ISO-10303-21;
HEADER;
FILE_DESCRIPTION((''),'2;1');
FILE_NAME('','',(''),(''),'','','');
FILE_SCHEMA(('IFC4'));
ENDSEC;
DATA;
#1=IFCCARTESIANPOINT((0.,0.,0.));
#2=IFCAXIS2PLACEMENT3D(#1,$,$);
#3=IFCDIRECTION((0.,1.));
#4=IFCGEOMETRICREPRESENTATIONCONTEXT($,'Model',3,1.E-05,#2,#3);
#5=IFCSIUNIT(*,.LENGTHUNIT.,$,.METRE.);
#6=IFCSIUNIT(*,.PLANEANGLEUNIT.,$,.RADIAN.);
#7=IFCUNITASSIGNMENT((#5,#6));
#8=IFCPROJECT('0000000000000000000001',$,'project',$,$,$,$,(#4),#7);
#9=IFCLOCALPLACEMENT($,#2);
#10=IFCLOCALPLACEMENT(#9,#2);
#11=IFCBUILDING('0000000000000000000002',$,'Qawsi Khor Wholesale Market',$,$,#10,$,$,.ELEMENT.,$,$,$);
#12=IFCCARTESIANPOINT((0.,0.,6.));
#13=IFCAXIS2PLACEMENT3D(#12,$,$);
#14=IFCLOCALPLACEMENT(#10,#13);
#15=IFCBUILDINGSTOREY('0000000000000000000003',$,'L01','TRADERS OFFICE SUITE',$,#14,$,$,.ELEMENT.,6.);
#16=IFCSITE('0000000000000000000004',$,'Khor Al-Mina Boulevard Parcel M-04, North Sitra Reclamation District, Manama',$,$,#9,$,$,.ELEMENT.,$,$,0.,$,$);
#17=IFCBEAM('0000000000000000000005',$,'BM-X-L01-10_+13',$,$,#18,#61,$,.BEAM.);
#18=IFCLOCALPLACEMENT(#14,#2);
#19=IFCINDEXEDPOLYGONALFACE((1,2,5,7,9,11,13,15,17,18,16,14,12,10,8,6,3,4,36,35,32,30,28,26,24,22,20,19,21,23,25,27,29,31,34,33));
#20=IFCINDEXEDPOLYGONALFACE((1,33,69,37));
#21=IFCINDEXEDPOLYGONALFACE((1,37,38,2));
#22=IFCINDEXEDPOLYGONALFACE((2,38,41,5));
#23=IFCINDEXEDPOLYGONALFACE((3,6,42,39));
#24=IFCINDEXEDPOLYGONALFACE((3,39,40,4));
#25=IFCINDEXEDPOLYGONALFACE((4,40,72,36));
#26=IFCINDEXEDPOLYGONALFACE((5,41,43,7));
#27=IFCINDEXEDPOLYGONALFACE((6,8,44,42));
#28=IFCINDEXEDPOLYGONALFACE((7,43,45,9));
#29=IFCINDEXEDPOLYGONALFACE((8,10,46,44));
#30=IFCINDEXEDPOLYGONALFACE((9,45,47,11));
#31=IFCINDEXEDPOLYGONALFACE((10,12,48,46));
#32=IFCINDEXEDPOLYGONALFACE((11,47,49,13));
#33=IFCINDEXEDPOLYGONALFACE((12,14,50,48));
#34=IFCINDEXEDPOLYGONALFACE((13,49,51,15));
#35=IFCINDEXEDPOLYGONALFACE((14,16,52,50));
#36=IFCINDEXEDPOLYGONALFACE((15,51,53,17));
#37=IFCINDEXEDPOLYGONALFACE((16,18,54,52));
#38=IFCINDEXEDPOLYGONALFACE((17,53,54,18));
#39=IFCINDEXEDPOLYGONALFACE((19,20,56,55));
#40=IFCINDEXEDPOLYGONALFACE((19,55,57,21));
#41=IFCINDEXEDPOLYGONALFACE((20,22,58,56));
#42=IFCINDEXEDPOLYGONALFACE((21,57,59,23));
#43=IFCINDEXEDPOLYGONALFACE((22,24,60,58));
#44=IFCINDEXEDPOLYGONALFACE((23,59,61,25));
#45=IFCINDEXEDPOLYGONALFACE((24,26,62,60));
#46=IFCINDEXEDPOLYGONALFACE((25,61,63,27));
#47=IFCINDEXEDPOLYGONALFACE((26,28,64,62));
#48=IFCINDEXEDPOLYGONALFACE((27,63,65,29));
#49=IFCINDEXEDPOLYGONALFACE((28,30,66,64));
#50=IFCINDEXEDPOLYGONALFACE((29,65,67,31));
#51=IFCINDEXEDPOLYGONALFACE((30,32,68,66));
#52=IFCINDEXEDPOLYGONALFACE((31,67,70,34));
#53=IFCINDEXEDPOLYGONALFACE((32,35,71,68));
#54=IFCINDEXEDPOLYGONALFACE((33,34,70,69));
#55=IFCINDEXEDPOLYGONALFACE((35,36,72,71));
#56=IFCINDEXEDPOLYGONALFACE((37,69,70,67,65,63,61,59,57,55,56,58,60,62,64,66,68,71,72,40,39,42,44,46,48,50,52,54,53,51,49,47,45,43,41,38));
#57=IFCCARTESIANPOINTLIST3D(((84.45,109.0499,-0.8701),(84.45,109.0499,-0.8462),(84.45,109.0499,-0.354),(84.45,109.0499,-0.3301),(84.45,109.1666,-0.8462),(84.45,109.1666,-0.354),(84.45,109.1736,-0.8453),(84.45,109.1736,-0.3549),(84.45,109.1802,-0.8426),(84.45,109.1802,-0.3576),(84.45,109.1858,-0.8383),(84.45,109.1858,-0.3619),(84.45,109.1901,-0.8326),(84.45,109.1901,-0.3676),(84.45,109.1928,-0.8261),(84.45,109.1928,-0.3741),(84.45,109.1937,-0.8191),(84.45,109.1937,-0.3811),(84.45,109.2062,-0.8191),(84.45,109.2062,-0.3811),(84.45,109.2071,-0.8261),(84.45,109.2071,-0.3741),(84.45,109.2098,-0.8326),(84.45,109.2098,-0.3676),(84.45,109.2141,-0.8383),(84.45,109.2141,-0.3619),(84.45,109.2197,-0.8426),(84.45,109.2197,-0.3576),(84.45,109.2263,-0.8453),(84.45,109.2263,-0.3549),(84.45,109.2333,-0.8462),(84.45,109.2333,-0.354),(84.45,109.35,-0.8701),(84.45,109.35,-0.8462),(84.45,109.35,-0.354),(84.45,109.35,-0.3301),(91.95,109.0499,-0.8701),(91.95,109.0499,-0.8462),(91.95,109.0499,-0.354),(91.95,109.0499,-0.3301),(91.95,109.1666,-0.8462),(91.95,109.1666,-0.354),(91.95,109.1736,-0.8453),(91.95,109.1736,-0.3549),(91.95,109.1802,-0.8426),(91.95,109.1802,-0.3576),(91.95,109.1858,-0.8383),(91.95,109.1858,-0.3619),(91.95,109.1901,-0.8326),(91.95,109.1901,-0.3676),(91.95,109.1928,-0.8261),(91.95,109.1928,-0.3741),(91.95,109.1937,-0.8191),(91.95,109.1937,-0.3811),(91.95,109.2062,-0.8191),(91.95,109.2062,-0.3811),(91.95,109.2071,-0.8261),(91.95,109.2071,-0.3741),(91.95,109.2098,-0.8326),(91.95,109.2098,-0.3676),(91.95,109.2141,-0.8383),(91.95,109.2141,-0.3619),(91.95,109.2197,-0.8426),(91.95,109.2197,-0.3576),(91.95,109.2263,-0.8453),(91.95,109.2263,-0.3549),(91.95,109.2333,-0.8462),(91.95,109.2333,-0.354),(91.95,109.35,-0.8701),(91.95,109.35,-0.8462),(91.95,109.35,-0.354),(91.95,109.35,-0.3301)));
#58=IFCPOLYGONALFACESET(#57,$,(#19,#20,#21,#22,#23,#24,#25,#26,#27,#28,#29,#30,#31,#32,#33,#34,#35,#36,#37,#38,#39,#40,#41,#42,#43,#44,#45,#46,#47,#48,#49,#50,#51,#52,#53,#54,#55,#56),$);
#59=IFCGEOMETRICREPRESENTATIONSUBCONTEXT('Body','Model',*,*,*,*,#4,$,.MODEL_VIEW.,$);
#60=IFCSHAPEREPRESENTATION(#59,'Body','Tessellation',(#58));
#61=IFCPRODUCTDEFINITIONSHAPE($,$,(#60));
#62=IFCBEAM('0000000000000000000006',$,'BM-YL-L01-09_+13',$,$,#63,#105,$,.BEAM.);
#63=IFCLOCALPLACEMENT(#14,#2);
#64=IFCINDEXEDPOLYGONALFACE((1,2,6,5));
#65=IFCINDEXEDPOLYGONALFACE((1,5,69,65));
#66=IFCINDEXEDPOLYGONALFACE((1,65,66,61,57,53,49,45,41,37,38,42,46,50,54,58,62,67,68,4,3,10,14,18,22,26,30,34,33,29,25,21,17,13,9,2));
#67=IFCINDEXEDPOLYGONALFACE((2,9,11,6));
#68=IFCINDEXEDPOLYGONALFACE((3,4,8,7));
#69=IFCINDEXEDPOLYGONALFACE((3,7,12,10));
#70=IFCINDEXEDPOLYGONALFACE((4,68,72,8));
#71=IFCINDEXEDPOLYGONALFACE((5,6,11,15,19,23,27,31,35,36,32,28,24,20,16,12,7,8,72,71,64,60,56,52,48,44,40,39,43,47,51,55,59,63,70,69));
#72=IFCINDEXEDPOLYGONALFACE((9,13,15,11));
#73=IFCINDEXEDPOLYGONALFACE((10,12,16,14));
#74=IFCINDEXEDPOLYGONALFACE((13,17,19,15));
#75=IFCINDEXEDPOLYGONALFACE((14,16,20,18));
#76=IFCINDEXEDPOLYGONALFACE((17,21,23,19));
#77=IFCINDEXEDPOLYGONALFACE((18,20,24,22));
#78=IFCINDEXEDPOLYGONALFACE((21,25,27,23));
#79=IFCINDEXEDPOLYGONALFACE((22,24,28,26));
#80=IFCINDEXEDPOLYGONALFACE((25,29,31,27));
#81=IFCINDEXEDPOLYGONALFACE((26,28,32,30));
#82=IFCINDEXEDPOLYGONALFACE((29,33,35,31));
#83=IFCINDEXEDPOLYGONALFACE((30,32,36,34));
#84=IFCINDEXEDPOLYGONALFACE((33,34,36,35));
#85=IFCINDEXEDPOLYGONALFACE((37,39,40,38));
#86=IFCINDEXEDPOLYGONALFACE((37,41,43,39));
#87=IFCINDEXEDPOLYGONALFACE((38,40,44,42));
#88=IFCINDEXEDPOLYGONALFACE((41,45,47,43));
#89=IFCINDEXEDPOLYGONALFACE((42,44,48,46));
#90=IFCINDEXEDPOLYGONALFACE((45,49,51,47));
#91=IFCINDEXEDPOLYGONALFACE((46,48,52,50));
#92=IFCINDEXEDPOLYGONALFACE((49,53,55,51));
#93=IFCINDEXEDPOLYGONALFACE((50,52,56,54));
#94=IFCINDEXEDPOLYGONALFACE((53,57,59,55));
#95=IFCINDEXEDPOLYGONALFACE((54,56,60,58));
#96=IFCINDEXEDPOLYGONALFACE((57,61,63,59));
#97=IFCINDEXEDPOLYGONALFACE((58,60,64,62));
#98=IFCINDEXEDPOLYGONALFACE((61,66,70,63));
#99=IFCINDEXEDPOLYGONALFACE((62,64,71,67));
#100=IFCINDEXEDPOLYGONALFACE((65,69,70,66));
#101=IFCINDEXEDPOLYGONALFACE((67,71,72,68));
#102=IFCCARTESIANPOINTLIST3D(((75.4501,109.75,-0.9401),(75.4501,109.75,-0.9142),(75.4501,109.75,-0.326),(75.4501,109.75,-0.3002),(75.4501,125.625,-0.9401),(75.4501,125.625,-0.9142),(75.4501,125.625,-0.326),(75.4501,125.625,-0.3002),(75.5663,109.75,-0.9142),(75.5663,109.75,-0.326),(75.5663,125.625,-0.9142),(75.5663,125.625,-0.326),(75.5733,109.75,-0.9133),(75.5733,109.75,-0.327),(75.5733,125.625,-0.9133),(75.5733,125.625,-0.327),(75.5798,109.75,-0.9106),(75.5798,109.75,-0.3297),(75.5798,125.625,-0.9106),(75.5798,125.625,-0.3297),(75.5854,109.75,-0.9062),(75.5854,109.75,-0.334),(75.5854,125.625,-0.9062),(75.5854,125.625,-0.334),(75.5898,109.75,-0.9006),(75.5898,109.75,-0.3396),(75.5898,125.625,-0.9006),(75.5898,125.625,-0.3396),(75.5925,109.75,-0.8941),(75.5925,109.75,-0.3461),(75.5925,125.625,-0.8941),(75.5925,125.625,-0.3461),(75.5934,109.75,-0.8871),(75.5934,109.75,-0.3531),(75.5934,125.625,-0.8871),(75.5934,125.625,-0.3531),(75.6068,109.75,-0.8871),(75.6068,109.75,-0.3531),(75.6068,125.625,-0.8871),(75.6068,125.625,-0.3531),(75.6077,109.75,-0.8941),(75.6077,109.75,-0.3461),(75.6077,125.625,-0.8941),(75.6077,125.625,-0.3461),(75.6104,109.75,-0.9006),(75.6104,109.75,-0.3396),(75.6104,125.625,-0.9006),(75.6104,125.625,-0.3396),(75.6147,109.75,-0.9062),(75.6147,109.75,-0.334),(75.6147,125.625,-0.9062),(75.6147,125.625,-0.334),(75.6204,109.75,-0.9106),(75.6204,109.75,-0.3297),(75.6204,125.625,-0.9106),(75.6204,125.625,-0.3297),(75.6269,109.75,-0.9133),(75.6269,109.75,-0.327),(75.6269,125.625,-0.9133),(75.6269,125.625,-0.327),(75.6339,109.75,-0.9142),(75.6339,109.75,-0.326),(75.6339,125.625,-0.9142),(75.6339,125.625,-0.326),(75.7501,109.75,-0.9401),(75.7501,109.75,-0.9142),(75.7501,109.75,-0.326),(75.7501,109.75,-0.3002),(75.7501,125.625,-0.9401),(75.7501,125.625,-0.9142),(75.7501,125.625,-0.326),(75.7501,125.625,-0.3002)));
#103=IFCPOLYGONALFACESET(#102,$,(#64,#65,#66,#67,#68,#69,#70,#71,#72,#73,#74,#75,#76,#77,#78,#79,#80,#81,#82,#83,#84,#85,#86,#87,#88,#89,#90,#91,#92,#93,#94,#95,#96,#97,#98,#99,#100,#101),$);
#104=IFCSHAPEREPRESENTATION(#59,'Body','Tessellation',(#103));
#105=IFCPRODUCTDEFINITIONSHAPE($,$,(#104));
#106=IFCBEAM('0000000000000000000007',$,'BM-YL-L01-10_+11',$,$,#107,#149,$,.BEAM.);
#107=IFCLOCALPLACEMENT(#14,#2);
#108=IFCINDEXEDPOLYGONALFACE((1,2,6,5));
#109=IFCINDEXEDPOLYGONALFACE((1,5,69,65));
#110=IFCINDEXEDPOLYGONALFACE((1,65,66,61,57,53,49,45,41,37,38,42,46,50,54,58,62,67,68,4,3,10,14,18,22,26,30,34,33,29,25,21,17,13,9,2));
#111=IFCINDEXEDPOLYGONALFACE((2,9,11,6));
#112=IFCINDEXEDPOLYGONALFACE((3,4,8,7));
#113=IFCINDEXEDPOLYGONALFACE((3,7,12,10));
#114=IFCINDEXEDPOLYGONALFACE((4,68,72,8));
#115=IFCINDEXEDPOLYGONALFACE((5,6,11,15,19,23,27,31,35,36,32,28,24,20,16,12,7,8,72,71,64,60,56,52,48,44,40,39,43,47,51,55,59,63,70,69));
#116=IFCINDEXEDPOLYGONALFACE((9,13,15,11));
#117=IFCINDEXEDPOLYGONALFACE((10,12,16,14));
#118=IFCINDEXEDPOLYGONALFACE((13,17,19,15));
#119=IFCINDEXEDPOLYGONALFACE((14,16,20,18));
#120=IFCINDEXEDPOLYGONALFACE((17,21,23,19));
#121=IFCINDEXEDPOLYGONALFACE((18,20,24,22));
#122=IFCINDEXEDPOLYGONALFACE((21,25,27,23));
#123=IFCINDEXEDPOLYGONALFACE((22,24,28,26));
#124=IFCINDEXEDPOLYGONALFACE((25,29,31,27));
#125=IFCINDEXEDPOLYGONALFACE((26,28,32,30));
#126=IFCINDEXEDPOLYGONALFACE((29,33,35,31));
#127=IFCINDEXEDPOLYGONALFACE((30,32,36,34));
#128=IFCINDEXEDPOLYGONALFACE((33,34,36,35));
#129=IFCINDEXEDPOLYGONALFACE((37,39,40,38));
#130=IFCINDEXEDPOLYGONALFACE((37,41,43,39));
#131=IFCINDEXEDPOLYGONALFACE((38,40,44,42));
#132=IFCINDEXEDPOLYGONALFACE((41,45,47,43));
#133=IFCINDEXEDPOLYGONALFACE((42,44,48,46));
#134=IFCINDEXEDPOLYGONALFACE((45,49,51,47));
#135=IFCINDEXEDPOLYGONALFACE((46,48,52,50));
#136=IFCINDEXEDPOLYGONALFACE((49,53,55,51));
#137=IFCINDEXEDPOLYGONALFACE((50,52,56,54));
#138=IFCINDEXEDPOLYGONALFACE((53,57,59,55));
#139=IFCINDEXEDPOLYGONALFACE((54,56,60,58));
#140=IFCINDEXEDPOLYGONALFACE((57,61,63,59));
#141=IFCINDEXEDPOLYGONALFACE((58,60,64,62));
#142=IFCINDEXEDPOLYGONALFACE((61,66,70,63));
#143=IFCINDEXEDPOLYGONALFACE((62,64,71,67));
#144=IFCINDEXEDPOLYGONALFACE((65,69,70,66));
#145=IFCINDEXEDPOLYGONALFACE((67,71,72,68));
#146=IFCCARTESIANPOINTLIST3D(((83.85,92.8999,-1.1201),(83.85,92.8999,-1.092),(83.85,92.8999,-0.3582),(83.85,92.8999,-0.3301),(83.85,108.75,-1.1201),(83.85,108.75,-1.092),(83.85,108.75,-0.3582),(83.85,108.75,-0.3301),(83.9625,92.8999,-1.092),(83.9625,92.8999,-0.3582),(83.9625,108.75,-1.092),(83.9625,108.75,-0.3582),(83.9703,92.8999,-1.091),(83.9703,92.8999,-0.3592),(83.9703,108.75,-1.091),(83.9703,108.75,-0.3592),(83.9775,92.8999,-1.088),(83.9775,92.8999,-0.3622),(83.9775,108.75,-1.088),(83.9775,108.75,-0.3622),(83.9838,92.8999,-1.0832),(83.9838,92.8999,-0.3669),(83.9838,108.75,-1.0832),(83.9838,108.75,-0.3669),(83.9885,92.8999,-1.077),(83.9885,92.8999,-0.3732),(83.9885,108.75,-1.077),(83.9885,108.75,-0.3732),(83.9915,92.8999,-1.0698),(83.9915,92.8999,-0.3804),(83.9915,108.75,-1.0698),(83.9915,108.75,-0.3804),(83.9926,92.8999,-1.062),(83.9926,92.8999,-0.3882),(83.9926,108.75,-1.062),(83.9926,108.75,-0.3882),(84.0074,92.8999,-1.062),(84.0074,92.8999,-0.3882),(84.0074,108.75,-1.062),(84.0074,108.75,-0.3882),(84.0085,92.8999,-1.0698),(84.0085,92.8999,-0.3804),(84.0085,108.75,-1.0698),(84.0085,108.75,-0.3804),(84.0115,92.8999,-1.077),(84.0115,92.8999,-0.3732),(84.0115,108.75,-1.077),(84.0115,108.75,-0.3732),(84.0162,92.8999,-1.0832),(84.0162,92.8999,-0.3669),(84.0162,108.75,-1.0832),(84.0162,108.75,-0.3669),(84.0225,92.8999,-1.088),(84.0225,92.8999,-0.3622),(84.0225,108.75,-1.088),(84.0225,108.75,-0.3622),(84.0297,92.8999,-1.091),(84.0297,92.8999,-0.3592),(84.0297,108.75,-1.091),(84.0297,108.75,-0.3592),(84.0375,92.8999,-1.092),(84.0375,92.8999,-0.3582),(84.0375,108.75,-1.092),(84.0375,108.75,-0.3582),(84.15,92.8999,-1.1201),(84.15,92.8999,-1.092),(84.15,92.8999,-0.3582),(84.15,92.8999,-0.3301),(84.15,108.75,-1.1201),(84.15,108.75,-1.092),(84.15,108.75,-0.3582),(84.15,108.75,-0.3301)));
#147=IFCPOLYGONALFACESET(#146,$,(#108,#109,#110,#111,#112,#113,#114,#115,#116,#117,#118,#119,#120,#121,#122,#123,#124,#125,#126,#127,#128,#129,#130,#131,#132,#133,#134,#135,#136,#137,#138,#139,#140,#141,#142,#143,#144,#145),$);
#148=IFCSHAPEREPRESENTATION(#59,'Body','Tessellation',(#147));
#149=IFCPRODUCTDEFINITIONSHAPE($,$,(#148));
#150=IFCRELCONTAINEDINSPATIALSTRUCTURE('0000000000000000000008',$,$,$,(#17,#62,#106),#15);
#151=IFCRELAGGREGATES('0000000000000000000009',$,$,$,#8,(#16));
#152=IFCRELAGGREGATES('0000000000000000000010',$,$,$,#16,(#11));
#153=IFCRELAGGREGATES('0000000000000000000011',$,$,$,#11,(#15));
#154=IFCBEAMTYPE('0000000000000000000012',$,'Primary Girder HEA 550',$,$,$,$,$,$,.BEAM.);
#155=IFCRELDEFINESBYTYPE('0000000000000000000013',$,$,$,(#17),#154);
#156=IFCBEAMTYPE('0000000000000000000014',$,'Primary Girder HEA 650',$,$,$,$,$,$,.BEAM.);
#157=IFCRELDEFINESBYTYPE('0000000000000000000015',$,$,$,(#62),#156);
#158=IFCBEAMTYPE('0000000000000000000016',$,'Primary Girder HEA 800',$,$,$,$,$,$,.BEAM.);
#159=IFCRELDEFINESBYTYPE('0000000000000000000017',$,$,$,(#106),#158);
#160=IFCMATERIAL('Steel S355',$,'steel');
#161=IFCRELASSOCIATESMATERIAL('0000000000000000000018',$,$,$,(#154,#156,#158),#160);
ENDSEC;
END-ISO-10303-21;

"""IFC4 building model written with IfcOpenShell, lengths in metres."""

from ifc_helpers import new_model, si_unit, direction, frame, origin, origin_2d, place, context, subcontext, project, spatial, i_section, extrude, material, material_profile, profile_set, type_object, element, save


model = new_model("IFC4")

# Units and contexts
model_context = context("Model", 3, precision=1e-05, world=origin(), true_north=direction((0.0, 1.0)))
body_context = subcontext(model_context, "Body", "Model", "MODEL_VIEW")
ifc_project = project(units=[si_unit("LENGTHUNIT", "METRE"), si_unit("PLANEANGLEUNIT", "RADIAN")], contexts=[model_context])

# Site, building, storey
site_placement = place(None, origin())
site = spatial("IfcSite", under=ifc_project, at=site_placement, Name="Khor Al-Mina Boulevard Parcel M-04, North Sitra Reclamation District, Manama", CompositionType="ELEMENT", RefElevation=0.0)
building_placement = place(site_placement, origin())
building = spatial("IfcBuilding", under=site, at=building_placement, Name="Qawsi Khor Wholesale Market", CompositionType="ELEMENT")
storey_placement = place(building_placement, frame((0.0, 0.0, 6.0)))
storey = spatial("IfcBuildingStorey", under=building, at=storey_placement, Name="L01", Description="TRADERS OFFICE SUITE", CompositionType="ELEMENT", Elevation=6.0)

# Beams
ifc_material_1 = material(Name="Steel S355", Category="steel")
ifc_material_profile_1 = material_profile(ifc_material_1, i_section(OverallWidth=0.3, OverallDepth=0.54, WebThickness=0.0125, FlangeThickness=0.0239, FilletRadius=0.0271, at=origin_2d()), Name="HEA 550")
ifc_profile_set_1 = profile_set([ifc_material_profile_1], Name="Steel S355")
beam_type_1 = type_object("IfcBeamType", Name="Primary Girder HEA 550", PredefinedType="BEAM", material=ifc_profile_set_1)
beam_1_placement = place(storey_placement, frame((84.45, 109.2, -0.6001), z_axis=(1.0, 0.0, 0.0), x_axis=(0.0, 1.0, 0.0)))
element("IfcBeam", 1, at=beam_1_placement, inside=storey, type_object=beam_type_1, Name="BM-X-L01-10_+13", PredefinedType="BEAM", context=body_context, shape_type="SweptSolid", body=[
    extrude(i_section(OverallWidth=0.3, OverallDepth=0.54, WebThickness=0.0125, FlangeThickness=0.0239, FilletRadius=0.0271, at=origin_2d()), origin(), (0.0, 0.0, 1.0), 7.5),
])
ifc_material_profile_2 = material_profile(ifc_material_1, i_section(OverallWidth=0.3, OverallDepth=0.6399, WebThickness=0.0134, FlangeThickness=0.0259, FilletRadius=0.0271, at=origin_2d()), Name="HEA 650")
ifc_profile_set_2 = profile_set([ifc_material_profile_2], Name="Steel S355")
beam_type_2 = type_object("IfcBeamType", Name="Primary Girder HEA 650", PredefinedType="BEAM", material=ifc_profile_set_2)
beam_2_placement = place(storey_placement, frame((75.6001, 109.75, -0.6201), z_axis=(0.0, 1.0, 0.0), x_axis=(-1.0, 0.0, 0.0)))
element("IfcBeam", 2, at=beam_2_placement, inside=storey, type_object=beam_type_2, Name="BM-YL-L01-09_+13", PredefinedType="BEAM", context=body_context, shape_type="SweptSolid", body=[
    extrude(i_section(OverallWidth=0.3, OverallDepth=0.6399, WebThickness=0.0134, FlangeThickness=0.0259, FilletRadius=0.0271, at=origin_2d()), origin(), (0.0, 0.0, 1.0), 15.875),
])
ifc_material_profile_3 = material_profile(ifc_material_1, i_section(OverallWidth=0.3, OverallDepth=0.79, WebThickness=0.0149, FlangeThickness=0.0281, FilletRadius=0.03, at=origin_2d()), Name="HEA 800")
ifc_profile_set_3 = profile_set([ifc_material_profile_3], Name="Steel S355")
beam_type_3 = type_object("IfcBeamType", Name="Primary Girder HEA 800", PredefinedType="BEAM", material=ifc_profile_set_3)
beam_3_placement = place(storey_placement, frame((84.0, 92.8999, -0.7251), z_axis=(0.0, 1.0, 0.0), x_axis=(-1.0, 0.0, 0.0)))
element("IfcBeam", 3, at=beam_3_placement, inside=storey, type_object=beam_type_3, Name="BM-YL-L01-10_+11", PredefinedType="BEAM", context=body_context, shape_type="SweptSolid", body=[
    extrude(i_section(OverallWidth=0.3, OverallDepth=0.79, WebThickness=0.0149, FlangeThickness=0.0281, FilletRadius=0.03, at=origin_2d()), origin(), (0.0, 0.0, 1.0), 15.8501),
])

save(model, "model.ifc")
